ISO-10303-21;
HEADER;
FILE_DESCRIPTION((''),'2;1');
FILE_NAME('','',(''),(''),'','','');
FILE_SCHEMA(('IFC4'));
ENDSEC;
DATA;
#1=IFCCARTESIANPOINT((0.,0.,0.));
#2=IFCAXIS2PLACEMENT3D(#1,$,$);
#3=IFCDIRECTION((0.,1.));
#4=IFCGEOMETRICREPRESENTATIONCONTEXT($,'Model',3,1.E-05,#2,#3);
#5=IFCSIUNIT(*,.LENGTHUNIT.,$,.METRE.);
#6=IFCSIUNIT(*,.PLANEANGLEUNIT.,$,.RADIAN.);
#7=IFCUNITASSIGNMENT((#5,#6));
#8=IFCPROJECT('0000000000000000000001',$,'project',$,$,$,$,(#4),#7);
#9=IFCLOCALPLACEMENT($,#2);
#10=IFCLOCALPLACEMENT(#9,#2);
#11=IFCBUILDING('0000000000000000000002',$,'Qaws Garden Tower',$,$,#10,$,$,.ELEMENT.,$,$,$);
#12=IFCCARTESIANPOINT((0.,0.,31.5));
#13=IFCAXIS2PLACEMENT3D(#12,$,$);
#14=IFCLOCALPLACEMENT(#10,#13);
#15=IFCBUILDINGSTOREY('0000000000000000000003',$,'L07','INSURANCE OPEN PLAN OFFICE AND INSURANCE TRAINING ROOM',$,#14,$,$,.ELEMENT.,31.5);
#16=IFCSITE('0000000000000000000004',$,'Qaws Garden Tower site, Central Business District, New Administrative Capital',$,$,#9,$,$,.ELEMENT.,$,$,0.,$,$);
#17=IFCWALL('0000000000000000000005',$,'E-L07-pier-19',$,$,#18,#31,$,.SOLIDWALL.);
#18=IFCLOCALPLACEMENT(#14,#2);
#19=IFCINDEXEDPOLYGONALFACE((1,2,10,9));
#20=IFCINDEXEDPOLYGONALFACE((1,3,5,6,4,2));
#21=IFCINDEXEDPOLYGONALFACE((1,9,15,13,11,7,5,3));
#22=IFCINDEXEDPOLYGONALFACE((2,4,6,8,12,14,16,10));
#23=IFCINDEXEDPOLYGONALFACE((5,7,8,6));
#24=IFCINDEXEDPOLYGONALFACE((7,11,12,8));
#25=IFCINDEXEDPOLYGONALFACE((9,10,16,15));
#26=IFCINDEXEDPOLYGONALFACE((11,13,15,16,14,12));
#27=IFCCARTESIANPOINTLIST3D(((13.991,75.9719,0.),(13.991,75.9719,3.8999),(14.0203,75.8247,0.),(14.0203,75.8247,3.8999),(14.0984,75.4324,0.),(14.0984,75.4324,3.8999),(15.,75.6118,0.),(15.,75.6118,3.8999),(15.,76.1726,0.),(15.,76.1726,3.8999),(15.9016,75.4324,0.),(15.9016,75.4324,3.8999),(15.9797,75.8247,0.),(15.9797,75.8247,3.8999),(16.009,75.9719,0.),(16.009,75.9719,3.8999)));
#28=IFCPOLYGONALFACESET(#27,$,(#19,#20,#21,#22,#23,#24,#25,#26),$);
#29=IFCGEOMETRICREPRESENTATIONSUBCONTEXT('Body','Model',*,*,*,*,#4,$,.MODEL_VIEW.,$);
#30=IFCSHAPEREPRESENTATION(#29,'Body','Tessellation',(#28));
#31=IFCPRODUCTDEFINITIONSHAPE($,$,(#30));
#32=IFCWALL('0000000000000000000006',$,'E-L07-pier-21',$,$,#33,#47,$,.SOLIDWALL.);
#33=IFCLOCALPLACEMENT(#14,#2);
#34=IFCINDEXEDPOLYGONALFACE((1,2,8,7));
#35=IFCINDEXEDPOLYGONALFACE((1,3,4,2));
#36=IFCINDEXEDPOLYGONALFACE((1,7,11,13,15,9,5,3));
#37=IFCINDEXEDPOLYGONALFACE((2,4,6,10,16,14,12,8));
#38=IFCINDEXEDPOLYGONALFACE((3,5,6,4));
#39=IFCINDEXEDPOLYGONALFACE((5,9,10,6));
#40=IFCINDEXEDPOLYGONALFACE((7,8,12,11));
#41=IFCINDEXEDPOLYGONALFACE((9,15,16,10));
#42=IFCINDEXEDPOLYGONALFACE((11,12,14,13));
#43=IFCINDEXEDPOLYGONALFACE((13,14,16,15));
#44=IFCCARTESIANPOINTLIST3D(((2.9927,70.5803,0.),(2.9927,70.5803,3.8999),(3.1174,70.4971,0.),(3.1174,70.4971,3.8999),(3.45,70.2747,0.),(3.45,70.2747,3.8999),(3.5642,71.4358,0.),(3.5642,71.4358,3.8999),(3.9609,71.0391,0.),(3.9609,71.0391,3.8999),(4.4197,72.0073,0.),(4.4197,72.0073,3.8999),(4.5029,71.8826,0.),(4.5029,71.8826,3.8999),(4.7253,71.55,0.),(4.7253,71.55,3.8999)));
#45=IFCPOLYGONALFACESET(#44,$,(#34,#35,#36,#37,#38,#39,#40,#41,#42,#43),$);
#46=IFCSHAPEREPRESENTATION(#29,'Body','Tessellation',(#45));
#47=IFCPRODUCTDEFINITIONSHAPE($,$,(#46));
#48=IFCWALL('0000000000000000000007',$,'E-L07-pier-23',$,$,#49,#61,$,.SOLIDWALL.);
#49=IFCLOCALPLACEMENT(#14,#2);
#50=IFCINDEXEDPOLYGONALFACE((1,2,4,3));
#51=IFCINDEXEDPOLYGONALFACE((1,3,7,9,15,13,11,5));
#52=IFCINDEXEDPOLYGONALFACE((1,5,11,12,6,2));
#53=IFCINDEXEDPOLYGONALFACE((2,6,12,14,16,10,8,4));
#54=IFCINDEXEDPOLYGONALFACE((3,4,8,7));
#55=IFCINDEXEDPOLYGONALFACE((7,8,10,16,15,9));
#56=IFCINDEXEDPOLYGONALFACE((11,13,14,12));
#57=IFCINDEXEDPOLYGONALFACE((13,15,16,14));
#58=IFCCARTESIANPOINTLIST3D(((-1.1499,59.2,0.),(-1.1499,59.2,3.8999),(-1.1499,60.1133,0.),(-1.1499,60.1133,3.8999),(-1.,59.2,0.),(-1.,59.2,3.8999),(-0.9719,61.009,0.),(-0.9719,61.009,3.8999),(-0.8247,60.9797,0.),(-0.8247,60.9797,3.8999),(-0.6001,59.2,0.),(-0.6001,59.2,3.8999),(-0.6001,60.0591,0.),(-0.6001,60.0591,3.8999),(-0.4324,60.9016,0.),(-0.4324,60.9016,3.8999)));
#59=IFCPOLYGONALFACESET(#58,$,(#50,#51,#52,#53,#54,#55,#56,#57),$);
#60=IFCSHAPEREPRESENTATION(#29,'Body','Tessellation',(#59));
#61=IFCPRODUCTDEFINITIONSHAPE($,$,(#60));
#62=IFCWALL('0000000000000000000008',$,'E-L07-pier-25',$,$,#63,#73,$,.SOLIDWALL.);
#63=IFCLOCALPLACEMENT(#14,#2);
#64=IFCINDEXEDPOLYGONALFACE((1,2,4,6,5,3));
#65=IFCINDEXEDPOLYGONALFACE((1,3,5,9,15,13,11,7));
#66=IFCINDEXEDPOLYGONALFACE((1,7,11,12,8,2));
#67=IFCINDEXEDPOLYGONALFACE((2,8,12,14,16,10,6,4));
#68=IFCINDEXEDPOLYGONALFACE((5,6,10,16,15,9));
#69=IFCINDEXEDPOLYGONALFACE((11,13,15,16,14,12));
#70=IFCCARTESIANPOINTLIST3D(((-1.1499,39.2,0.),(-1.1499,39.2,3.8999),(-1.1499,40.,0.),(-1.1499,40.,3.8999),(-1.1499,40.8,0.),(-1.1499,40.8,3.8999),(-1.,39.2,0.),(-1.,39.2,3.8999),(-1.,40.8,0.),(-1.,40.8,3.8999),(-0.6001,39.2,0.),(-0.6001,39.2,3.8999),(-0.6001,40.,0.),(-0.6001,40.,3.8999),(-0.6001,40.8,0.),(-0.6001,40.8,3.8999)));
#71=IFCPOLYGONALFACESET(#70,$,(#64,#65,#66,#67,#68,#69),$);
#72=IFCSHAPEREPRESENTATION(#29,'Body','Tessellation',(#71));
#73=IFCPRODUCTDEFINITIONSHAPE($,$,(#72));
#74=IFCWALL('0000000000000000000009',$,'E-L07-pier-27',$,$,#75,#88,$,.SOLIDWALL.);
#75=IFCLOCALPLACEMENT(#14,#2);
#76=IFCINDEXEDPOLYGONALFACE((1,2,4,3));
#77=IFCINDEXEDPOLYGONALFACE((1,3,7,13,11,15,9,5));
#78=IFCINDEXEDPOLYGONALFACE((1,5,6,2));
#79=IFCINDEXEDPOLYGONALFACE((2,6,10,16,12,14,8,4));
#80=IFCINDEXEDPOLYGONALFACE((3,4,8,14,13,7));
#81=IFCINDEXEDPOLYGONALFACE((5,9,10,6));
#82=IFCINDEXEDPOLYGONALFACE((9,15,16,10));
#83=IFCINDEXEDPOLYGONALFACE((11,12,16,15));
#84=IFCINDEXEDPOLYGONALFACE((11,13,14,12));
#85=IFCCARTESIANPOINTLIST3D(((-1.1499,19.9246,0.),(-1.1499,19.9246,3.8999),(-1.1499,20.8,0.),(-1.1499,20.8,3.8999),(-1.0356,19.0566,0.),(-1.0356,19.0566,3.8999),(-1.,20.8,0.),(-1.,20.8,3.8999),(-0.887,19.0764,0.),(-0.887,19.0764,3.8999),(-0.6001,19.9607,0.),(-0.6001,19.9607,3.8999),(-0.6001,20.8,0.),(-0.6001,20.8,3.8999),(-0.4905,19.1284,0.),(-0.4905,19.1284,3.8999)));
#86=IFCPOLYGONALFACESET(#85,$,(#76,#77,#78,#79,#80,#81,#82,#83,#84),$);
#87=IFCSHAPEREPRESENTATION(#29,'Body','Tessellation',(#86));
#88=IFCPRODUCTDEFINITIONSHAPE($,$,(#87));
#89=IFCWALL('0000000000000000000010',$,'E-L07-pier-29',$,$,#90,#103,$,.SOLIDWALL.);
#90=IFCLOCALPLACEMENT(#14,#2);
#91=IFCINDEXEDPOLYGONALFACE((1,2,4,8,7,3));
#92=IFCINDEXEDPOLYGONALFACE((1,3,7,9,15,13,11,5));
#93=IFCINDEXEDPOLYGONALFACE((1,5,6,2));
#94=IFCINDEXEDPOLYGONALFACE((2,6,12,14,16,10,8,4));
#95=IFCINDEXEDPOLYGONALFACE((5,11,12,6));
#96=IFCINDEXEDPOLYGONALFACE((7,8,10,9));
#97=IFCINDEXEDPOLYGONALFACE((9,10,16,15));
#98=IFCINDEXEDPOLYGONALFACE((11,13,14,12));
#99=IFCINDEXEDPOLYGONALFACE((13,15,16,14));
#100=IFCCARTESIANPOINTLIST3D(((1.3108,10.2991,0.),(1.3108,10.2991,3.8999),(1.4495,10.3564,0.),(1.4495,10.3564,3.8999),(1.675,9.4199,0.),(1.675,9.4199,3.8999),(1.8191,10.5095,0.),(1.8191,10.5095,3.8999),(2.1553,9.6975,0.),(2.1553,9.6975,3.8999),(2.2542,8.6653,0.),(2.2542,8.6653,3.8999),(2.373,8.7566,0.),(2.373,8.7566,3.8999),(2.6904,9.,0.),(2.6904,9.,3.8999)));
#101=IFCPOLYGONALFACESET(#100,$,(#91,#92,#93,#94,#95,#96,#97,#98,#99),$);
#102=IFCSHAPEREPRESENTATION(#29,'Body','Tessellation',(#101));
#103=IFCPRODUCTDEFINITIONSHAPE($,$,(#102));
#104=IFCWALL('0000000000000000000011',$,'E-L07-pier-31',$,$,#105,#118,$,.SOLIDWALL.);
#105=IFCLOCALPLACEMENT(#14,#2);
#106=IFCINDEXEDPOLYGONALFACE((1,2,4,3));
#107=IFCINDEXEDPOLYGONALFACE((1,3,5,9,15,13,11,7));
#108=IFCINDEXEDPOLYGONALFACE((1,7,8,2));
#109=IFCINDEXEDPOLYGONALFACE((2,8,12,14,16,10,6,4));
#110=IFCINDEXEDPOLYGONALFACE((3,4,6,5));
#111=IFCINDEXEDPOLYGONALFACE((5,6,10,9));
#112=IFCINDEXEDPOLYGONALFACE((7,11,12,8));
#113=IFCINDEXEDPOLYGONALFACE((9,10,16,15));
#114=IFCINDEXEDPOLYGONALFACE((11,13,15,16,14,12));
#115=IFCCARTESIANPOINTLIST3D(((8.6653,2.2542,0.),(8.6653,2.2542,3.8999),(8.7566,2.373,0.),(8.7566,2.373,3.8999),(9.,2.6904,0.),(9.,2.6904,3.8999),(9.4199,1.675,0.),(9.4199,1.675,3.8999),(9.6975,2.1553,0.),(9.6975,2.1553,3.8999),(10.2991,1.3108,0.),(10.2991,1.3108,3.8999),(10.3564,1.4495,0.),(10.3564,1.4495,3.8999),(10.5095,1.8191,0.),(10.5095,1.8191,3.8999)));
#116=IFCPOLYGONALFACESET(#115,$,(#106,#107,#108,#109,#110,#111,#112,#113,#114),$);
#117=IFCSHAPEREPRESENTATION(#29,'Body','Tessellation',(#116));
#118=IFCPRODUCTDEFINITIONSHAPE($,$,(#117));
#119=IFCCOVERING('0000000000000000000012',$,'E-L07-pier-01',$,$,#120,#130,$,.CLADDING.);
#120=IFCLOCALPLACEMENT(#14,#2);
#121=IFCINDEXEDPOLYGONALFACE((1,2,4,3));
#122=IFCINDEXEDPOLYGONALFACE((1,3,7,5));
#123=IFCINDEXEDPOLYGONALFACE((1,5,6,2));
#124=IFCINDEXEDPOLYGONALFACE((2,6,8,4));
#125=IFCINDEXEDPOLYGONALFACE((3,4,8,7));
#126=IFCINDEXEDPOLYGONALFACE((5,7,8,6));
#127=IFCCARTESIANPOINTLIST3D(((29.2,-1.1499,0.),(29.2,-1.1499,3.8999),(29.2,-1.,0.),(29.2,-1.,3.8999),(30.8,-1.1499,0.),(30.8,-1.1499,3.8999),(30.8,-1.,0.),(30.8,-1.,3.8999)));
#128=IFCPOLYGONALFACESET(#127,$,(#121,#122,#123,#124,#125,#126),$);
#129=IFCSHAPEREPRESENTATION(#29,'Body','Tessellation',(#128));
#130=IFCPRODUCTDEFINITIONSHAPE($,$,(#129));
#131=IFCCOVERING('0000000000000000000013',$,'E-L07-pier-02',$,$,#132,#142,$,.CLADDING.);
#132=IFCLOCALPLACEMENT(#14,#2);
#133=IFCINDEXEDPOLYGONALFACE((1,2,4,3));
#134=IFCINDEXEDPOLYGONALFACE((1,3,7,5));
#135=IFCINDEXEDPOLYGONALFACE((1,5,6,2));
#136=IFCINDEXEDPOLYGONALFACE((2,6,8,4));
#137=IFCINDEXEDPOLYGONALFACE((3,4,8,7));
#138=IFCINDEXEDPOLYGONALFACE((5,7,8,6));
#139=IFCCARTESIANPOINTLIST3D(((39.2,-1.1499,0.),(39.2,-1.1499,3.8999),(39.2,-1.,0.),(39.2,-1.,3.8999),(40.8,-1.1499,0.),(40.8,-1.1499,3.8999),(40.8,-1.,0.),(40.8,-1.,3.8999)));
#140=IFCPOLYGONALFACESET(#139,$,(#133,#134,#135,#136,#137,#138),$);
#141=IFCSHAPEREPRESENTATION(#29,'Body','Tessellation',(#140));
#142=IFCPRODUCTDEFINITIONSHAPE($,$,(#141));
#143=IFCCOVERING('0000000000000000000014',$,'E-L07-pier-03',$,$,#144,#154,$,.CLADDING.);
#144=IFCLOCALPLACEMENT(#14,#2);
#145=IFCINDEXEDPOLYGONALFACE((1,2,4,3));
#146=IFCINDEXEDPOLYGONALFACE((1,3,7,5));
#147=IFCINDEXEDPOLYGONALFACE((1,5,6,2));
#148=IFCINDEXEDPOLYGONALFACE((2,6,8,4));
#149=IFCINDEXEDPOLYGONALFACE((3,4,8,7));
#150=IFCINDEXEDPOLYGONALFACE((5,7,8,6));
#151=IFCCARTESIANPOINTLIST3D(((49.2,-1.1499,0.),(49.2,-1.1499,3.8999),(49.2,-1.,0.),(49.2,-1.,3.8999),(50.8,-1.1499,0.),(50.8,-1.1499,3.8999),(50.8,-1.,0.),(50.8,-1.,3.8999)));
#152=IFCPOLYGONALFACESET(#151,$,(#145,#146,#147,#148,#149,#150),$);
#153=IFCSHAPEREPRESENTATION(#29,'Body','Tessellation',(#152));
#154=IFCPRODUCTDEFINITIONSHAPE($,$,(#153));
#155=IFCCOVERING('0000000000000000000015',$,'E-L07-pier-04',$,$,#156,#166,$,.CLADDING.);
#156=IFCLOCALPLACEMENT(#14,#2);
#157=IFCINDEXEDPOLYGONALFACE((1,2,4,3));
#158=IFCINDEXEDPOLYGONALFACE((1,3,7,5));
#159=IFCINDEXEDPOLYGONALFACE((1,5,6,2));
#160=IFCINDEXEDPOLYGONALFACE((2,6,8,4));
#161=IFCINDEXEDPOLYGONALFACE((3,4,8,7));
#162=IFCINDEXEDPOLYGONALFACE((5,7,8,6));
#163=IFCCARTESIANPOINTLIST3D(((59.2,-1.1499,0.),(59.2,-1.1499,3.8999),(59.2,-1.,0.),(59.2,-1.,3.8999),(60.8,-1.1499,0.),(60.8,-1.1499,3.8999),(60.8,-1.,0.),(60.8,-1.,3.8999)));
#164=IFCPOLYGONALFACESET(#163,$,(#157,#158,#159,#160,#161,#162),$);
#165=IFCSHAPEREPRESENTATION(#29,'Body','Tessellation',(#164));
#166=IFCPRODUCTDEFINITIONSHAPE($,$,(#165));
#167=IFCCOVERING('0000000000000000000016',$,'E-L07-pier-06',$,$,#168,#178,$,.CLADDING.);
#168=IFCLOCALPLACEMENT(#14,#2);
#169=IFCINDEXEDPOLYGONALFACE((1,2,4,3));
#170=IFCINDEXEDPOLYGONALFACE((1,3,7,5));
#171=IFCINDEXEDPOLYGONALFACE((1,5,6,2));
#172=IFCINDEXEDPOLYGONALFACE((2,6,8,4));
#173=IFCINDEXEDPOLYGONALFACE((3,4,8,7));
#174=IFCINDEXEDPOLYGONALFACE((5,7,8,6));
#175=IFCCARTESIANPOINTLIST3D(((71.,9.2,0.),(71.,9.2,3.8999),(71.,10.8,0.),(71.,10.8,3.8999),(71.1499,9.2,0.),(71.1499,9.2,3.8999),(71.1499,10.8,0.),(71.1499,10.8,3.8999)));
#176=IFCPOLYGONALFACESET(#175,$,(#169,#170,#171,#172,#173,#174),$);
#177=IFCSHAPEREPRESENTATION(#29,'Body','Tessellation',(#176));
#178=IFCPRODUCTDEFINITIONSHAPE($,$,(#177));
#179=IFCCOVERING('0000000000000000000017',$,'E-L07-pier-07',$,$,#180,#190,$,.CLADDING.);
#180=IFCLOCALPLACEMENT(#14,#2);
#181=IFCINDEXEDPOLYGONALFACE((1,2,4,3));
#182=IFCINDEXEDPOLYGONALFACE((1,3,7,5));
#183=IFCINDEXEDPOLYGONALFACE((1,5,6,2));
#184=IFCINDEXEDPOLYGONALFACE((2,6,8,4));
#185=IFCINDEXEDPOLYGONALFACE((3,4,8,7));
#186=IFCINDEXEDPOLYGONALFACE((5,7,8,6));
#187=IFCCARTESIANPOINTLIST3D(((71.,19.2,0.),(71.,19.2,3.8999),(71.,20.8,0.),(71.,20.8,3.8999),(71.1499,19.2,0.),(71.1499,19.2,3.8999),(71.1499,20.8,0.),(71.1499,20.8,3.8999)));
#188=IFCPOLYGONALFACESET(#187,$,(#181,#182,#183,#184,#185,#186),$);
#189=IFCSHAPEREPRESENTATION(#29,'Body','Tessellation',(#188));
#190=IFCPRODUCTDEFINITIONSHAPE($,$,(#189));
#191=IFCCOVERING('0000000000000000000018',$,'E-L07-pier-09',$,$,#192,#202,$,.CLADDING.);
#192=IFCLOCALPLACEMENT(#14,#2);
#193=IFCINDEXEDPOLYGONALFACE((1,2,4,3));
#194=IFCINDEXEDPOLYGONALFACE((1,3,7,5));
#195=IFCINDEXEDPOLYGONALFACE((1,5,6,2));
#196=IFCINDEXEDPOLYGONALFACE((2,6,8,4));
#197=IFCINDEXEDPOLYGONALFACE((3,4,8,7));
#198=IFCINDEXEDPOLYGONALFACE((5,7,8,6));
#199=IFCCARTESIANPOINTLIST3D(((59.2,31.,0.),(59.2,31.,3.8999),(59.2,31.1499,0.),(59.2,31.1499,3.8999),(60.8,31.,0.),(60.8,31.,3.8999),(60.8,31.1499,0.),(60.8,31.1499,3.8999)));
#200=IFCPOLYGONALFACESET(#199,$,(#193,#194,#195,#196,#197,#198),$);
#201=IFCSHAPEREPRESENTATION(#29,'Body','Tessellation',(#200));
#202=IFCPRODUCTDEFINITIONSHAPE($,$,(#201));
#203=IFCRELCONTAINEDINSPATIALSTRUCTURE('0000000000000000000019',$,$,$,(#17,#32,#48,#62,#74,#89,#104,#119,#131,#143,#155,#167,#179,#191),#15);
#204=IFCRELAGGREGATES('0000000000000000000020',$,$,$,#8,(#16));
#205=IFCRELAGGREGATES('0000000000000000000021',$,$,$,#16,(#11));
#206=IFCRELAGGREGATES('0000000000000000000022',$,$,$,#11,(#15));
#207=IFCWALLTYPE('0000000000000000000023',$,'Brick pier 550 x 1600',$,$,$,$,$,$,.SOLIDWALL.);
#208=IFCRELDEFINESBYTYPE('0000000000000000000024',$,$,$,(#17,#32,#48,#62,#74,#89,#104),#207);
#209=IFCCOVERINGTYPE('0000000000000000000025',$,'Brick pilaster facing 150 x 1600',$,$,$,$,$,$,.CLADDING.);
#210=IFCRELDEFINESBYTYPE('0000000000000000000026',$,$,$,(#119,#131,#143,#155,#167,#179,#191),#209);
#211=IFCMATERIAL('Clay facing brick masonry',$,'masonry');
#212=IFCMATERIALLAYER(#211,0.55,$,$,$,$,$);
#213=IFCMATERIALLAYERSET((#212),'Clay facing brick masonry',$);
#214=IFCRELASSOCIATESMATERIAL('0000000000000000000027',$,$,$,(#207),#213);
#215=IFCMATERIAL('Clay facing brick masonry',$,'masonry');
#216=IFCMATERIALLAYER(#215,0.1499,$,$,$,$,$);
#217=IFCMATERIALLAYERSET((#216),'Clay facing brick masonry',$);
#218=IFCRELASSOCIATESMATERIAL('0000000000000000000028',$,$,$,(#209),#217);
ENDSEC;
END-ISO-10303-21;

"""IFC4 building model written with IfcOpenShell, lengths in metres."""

from ifc_helpers import new_model, si_unit, direction, frame, origin, place, context, subcontext, project, spatial, polyline, outline, extrude, material, layer, layer_set, type_object, element, save


model = new_model("IFC4")

# Units and contexts
model_context = context("Model", 3, precision=1e-05, world=origin(), true_north=direction((0.0, 1.0)))
body_context = subcontext(model_context, "Body", "Model", "MODEL_VIEW")
ifc_project = project(units=[si_unit("LENGTHUNIT", "METRE"), si_unit("PLANEANGLEUNIT", "RADIAN")], contexts=[model_context])

# Site, building, storey
site_placement = place(None, origin())
site = spatial("IfcSite", under=ifc_project, at=site_placement, Name="Qaws Garden Tower site, Central Business District, New Administrative Capital", CompositionType="ELEMENT", RefElevation=0.0)
building_placement = place(site_placement, origin())
building = spatial("IfcBuilding", under=site, at=building_placement, Name="Qaws Garden Tower", CompositionType="ELEMENT")
storey_placement = place(building_placement, frame((0.0, 0.0, 31.5)))
storey = spatial("IfcBuildingStorey", under=building, at=storey_placement, Name="L07", Description="INSURANCE OPEN PLAN OFFICE AND INSURANCE TRAINING ROOM", CompositionType="ELEMENT", Elevation=31.5)

# Walls
placement = place(storey_placement, origin())
ifc_material_1 = material(Name="Clay facing brick masonry", Category="masonry")
ifc_layer_1 = layer(ifc_material_1, 0.55)
ifc_layer_set_1 = layer_set([ifc_layer_1], Name="Clay facing brick masonry")
wall_type_1 = type_object("IfcWallType", Name="Brick pier 550 x 1600", PredefinedType="SOLIDWALL", material=ifc_layer_set_1)
element("IfcWall", 1, at=placement, inside=storey, type_object=wall_type_1, Name="E-L07-pier-19", PredefinedType="SOLIDWALL", context=body_context, shape_type="SweptSolid", body=[
    extrude(outline(polyline([(15.9797, 75.8247), (16.009, 75.9719), (15.0, 76.1726), (13.991, 75.9719), (14.0203, 75.8247), (14.0984, 75.4324), (15.0, 75.6118), (15.9016, 75.4324), (15.9797, 75.8247)])), origin(), (0.0, 0.0, 1.0), 3.8999),
])
element("IfcWall", 2, at=placement, inside=storey, type_object=wall_type_1, Name="E-L07-pier-21", PredefinedType="SOLIDWALL", context=body_context, shape_type="SweptSolid", body=[
    extrude(outline(polyline([(4.5029, 71.8826), (4.4197, 72.0073), (3.5642, 71.4358), (2.9927, 70.5803), (3.1174, 70.4971), (3.45, 70.2747), (3.9609, 71.0391), (4.7253, 71.55), (4.5029, 71.8826)])), origin(), (0.0, 0.0, 1.0), 3.8999),
])
element("IfcWall", 3, at=placement, inside=storey, type_object=wall_type_1, Name="E-L07-pier-23", PredefinedType="SOLIDWALL", context=body_context, shape_type="SweptSolid", body=[
    extrude(outline(polyline([(-0.8247, 60.9797), (-0.9719, 61.009), (-1.1499, 60.1133), (-1.1499, 59.2), (-1.0, 59.2), (-0.6001, 59.2), (-0.6001, 60.0591), (-0.4324, 60.9016), (-0.8247, 60.9797)])), origin(), (0.0, 0.0, 1.0), 3.8999),
])
element("IfcWall", 4, at=placement, inside=storey, type_object=wall_type_1, Name="E-L07-pier-25", PredefinedType="SOLIDWALL", context=body_context, shape_type="SweptSolid", body=[
    extrude(outline(polyline([(-1.0, 40.8), (-1.1499, 40.8), (-1.1499, 40.0), (-1.1499, 39.2), (-1.0, 39.2), (-0.6001, 39.2), (-0.6001, 40.0), (-0.6001, 40.8), (-1.0, 40.8)])), origin(), (0.0, 0.0, 1.0), 3.8999),
])
element("IfcWall", 5, at=placement, inside=storey, type_object=wall_type_1, Name="E-L07-pier-27", PredefinedType="SOLIDWALL", context=body_context, shape_type="SweptSolid", body=[
    extrude(outline(polyline([(-1.0, 20.8), (-1.1499, 20.8), (-1.1499, 19.9246), (-1.0356, 19.0566), (-0.887, 19.0764), (-0.4905, 19.1284), (-0.6001, 19.9607), (-0.6001, 20.8), (-1.0, 20.8)])), origin(), (0.0, 0.0, 1.0), 3.8999),
])
element("IfcWall", 6, at=placement, inside=storey, type_object=wall_type_1, Name="E-L07-pier-29", PredefinedType="SOLIDWALL", context=body_context, shape_type="SweptSolid", body=[
    extrude(outline(polyline([(1.4495, 10.3564), (1.3108, 10.2991), (1.675, 9.4199), (2.2542, 8.6653), (2.373, 8.7566), (2.6904, 9.0), (2.1553, 9.6975), (1.8191, 10.5095), (1.4495, 10.3564)])), origin(), (0.0, 0.0, 1.0), 3.8999),
])
element("IfcWall", 7, at=placement, inside=storey, type_object=wall_type_1, Name="E-L07-pier-31", PredefinedType="SOLIDWALL", context=body_context, shape_type="SweptSolid", body=[
    extrude(outline(polyline([(8.7566, 2.373), (8.6653, 2.2542), (9.4199, 1.675), (10.2991, 1.3108), (10.3564, 1.4495), (10.5095, 1.8191), (9.6975, 2.1553), (9.0, 2.6904), (8.7566, 2.373)])), origin(), (0.0, 0.0, 1.0), 3.8999),
])

# Coverings
ifc_material_2 = material(Name="Clay facing brick masonry", Category="masonry")
ifc_layer_2 = layer(ifc_material_2, 0.1499)
ifc_layer_set_2 = layer_set([ifc_layer_2], Name="Clay facing brick masonry")
covering_type = type_object("IfcCoveringType", Name="Brick pilaster facing 150 x 1600", PredefinedType="CLADDING", material=ifc_layer_set_2)
element("IfcCovering", 8, at=placement, inside=storey, type_object=covering_type, Name="E-L07-pier-01", PredefinedType="CLADDING", context=body_context, shape_type="SweptSolid", body=[
    extrude(outline(polyline([(29.2, -1.0), (30.8, -1.0), (30.8, -1.1499), (29.2, -1.1499), (29.2, -1.0)])), origin(), (0.0, 0.0, 1.0), 3.8999),
])
element("IfcCovering", 9, at=placement, inside=storey, type_object=covering_type, Name="E-L07-pier-02", PredefinedType="CLADDING", context=body_context, shape_type="SweptSolid", body=[
    extrude(outline(polyline([(39.2, -1.0), (40.8, -1.0), (40.8, -1.1499), (39.2, -1.1499), (39.2, -1.0)])), origin(), (0.0, 0.0, 1.0), 3.8999),
])
element("IfcCovering", 10, at=placement, inside=storey, type_object=covering_type, Name="E-L07-pier-03", PredefinedType="CLADDING", context=body_context, shape_type="SweptSolid", body=[
    extrude(outline(polyline([(49.2, -1.0), (50.8, -1.0), (50.8, -1.1499), (49.2, -1.1499), (49.2, -1.0)])), origin(), (0.0, 0.0, 1.0), 3.8999),
])
element("IfcCovering", 11, at=placement, inside=storey, type_object=covering_type, Name="E-L07-pier-04", PredefinedType="CLADDING", context=body_context, shape_type="SweptSolid", body=[
    extrude(outline(polyline([(59.2, -1.0), (60.8, -1.0), (60.8, -1.1499), (59.2, -1.1499), (59.2, -1.0)])), origin(), (0.0, 0.0, 1.0), 3.8999),
])
element("IfcCovering", 12, at=placement, inside=storey, type_object=covering_type, Name="E-L07-pier-06", PredefinedType="CLADDING", context=body_context, shape_type="SweptSolid", body=[
    extrude(outline(polyline([(71.0, 9.2), (71.0, 10.8), (71.1499, 10.8), (71.1499, 9.2), (71.0, 9.2)])), origin(), (0.0, 0.0, 1.0), 3.8999),
])
element("IfcCovering", 13, at=placement, inside=storey, type_object=covering_type, Name="E-L07-pier-07", PredefinedType="CLADDING", context=body_context, shape_type="SweptSolid", body=[
    extrude(outline(polyline([(71.0, 19.2), (71.0, 20.8), (71.1499, 20.8), (71.1499, 19.2), (71.0, 19.2)])), origin(), (0.0, 0.0, 1.0), 3.8999),
])
element("IfcCovering", 14, at=placement, inside=storey, type_object=covering_type, Name="E-L07-pier-09", PredefinedType="CLADDING", context=body_context, shape_type="SweptSolid", body=[
    extrude(outline(polyline([(60.8, 31.0), (59.2, 31.0), (59.2, 31.1499), (60.8, 31.1499), (60.8, 31.0)])), origin(), (0.0, 0.0, 1.0), 3.8999),
])

save(model, "model.ifc")
